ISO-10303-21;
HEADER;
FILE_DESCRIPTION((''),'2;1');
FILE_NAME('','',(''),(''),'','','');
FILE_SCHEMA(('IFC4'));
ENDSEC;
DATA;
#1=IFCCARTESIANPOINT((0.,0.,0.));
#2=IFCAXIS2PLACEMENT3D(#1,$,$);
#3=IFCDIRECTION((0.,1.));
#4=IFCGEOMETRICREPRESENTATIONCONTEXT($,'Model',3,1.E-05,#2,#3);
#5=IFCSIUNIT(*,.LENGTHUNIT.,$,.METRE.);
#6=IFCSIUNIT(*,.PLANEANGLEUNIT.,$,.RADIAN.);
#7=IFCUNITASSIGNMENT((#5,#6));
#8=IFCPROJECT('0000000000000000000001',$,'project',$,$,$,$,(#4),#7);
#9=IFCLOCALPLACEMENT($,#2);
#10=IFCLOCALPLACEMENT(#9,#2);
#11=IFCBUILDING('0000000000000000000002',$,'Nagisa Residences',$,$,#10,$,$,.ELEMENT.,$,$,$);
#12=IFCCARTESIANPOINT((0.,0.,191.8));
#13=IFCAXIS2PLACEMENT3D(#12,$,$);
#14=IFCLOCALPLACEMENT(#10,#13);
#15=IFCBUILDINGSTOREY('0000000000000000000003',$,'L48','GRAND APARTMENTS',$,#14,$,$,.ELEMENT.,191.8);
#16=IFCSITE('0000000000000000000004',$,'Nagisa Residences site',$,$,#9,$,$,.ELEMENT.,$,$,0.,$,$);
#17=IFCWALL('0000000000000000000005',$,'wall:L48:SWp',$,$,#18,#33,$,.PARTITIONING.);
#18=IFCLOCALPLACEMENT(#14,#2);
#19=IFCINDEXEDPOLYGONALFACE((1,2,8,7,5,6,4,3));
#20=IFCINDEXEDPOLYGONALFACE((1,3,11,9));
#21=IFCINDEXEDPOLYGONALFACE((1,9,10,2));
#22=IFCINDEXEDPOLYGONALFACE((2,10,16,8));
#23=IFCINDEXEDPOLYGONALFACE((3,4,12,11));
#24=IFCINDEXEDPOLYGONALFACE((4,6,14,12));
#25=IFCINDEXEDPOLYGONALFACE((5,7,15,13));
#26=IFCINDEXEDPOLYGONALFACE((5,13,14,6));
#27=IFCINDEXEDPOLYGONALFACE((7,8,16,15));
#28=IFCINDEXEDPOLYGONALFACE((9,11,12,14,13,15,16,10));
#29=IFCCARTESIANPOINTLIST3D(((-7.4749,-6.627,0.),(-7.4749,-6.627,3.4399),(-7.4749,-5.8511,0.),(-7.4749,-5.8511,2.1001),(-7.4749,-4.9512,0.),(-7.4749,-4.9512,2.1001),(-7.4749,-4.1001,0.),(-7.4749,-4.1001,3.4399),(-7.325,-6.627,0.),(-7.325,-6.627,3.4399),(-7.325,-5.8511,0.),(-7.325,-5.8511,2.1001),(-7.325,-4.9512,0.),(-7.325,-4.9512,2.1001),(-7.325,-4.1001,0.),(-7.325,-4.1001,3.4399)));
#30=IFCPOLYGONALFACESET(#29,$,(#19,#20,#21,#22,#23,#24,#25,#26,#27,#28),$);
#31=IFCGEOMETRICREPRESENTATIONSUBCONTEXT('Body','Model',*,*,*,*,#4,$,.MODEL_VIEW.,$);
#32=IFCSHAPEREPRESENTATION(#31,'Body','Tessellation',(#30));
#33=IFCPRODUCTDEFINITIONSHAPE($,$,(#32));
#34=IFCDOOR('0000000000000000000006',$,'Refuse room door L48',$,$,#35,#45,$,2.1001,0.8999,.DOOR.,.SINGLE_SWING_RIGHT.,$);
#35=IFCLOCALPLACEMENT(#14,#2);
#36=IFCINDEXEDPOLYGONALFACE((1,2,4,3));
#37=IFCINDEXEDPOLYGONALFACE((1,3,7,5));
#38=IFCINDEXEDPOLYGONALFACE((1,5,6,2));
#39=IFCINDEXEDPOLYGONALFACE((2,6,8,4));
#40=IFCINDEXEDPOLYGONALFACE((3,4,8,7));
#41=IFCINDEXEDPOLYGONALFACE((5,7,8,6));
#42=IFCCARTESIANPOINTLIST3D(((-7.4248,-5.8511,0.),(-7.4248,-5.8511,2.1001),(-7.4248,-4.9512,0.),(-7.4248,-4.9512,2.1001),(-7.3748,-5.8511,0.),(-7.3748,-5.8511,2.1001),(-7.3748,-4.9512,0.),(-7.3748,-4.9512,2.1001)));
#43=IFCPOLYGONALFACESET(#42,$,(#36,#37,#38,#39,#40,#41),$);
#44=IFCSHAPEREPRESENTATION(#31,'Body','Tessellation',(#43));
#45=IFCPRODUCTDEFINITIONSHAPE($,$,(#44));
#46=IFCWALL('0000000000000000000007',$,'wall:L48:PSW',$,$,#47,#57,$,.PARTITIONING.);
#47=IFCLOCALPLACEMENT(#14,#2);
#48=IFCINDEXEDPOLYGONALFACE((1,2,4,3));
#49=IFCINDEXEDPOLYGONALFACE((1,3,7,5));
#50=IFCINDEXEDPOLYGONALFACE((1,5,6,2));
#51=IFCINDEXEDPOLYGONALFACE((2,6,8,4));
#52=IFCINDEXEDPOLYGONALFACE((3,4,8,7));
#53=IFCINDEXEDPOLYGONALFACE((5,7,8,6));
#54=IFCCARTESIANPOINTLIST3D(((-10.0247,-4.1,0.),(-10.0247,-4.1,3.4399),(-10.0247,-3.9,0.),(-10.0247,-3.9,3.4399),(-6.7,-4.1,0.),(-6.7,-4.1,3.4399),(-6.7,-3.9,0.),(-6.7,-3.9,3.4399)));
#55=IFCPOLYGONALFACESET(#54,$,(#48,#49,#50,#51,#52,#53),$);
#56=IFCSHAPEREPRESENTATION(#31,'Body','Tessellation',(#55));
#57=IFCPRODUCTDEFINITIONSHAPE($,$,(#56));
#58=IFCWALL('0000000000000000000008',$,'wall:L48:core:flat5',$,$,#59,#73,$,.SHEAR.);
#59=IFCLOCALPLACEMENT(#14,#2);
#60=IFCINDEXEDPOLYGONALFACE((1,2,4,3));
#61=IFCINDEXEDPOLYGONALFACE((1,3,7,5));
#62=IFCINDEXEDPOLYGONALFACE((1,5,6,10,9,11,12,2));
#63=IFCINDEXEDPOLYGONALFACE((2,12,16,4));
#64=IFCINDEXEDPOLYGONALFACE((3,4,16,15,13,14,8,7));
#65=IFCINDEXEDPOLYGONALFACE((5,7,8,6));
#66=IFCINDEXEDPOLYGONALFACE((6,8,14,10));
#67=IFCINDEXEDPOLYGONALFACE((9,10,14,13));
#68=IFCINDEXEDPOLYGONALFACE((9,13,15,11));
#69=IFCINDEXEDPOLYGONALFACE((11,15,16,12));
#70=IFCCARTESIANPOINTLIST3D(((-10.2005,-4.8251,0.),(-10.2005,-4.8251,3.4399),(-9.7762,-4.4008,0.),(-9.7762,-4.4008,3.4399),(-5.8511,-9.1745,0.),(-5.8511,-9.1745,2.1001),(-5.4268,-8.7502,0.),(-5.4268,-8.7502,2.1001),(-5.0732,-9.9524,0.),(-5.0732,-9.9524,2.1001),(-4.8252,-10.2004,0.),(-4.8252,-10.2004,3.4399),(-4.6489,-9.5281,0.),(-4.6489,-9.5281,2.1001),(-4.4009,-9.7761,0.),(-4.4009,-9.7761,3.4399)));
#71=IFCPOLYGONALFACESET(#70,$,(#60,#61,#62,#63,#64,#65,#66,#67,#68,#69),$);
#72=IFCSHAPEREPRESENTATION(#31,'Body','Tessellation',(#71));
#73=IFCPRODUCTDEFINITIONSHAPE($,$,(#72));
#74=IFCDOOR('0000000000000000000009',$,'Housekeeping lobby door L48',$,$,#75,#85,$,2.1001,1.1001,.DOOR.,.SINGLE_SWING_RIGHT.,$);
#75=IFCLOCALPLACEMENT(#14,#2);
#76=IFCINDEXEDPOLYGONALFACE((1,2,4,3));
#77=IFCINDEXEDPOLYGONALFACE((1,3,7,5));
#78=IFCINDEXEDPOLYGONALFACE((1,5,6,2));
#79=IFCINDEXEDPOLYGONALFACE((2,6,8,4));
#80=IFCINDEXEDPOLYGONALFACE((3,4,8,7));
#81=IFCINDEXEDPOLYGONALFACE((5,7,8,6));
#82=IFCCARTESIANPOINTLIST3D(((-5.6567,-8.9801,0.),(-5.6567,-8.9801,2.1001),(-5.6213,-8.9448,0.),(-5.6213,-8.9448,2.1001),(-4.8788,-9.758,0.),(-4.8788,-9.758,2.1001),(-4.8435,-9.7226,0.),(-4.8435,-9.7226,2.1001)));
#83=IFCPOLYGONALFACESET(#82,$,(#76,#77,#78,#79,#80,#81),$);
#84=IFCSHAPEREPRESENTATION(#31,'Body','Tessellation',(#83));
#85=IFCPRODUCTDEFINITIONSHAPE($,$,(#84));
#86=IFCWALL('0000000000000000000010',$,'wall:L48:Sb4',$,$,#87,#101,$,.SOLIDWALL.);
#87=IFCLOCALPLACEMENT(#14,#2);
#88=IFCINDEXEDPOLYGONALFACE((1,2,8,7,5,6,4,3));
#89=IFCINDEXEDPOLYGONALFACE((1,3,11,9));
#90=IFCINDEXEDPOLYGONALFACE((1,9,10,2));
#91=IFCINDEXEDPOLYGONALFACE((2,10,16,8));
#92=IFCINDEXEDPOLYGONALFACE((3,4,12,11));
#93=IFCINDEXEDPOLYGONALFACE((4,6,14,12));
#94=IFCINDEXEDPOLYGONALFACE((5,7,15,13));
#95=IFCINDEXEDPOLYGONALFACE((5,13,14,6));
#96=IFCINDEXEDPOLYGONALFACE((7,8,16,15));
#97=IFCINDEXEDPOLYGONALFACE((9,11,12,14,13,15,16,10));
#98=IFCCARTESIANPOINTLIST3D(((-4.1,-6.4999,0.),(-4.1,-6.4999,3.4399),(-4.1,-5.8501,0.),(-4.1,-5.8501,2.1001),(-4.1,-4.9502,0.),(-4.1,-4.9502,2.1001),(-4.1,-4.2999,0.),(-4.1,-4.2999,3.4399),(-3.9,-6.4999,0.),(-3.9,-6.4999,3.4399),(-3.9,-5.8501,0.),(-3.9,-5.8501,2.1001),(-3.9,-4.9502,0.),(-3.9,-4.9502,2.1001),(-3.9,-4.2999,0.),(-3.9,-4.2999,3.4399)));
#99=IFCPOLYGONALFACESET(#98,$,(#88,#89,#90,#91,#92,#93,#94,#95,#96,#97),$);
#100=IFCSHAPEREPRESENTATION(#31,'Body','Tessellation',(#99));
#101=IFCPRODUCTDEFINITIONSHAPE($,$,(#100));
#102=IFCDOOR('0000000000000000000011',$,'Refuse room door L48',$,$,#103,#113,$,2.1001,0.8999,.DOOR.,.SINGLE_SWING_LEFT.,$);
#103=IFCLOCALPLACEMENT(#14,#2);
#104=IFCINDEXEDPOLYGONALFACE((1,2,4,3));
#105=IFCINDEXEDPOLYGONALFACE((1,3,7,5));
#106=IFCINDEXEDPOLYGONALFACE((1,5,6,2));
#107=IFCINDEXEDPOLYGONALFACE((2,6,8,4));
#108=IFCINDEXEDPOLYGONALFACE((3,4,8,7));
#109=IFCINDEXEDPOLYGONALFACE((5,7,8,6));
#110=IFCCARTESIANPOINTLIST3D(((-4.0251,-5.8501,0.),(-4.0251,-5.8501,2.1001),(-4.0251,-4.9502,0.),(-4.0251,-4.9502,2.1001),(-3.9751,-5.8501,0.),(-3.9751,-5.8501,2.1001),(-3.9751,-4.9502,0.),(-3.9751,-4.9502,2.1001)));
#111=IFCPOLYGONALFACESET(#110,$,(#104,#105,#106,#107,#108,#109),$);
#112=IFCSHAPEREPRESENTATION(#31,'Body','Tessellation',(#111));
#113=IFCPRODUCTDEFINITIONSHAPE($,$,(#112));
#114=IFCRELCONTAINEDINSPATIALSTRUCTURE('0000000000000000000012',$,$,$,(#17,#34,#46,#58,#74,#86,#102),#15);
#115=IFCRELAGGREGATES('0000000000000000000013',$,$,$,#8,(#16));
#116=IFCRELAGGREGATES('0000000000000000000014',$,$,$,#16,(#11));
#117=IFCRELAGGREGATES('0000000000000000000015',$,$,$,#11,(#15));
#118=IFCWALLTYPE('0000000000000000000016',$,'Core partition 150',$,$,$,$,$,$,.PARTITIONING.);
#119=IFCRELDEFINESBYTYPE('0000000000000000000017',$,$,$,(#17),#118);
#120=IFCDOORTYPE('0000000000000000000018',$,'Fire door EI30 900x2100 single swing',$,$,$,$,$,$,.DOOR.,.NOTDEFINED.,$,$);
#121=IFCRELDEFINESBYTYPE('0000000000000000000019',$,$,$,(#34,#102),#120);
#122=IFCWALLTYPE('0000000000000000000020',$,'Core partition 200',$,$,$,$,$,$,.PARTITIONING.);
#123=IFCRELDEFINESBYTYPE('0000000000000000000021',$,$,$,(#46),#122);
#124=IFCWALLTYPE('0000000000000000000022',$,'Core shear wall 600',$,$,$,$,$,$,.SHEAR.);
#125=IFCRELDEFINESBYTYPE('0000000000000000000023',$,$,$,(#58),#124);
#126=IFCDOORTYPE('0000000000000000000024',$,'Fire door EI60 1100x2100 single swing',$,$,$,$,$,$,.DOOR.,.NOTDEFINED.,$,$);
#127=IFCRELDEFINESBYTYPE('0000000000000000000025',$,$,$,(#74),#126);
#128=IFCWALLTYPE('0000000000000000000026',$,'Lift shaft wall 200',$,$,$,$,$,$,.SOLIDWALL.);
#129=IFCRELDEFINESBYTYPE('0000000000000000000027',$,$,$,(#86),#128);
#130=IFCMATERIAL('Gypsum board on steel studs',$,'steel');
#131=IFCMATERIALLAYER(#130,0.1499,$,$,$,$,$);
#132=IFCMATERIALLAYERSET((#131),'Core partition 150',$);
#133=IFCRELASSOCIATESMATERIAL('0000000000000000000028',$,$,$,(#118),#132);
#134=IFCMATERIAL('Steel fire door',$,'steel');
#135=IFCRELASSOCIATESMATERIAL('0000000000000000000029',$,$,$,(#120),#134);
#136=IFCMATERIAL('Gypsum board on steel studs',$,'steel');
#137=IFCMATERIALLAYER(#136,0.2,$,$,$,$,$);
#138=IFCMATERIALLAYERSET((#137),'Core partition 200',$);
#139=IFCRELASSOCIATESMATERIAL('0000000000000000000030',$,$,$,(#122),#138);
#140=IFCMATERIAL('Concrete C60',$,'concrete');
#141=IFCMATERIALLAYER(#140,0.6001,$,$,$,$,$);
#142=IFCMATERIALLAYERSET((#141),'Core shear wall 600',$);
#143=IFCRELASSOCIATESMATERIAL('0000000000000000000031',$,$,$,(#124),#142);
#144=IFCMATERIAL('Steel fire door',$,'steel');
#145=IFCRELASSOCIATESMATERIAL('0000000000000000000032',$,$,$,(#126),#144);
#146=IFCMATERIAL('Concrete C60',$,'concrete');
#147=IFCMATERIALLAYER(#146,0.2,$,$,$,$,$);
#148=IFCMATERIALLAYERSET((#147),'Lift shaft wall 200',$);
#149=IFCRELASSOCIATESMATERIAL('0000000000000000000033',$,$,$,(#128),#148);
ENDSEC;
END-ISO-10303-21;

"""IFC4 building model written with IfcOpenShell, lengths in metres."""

from ifc_helpers import new_model, si_unit, direction, frame, frame_2d, origin, place, context, subcontext, project, spatial, rectangle, extrude, material, layer, layer_set, type_object, element, fill, save


model = new_model("IFC4")

# Units and contexts
model_context = context("Model", 3, precision=1e-05, world=origin(), true_north=direction((0.0, 1.0)))
body_context = subcontext(model_context, "Body", "Model", "MODEL_VIEW")
ifc_project = project(units=[si_unit("LENGTHUNIT", "METRE"), si_unit("PLANEANGLEUNIT", "RADIAN")], contexts=[model_context])

# Site, building, storey
site_placement = place(None, origin())
site = spatial("IfcSite", under=ifc_project, at=site_placement, Name="Nagisa Residences site", CompositionType="ELEMENT", RefElevation=0.0)
building_placement = place(site_placement, origin())
building = spatial("IfcBuilding", under=site, at=building_placement, Name="Nagisa Residences", CompositionType="ELEMENT")
storey_placement = place(building_placement, frame((0.0, 0.0, 191.8)))
storey = spatial("IfcBuildingStorey", under=building, at=storey_placement, Name="L48", Description="GRAND APARTMENTS", CompositionType="ELEMENT", Elevation=191.8)

# Wall, opening, door
ifc_material_1 = material(Name="Gypsum board on steel studs", Category="steel")
ifc_layer_1 = layer(ifc_material_1, 0.1499)
ifc_layer_set_1 = layer_set([ifc_layer_1], Name="Core partition 150")
wall_type_1 = type_object("IfcWallType", Name="Core partition 150", PredefinedType="PARTITIONING", material=ifc_layer_set_1)
wall_1_placement = place(storey_placement, frame((-7.3999, -6.627, 0.0), z_axis=(0.0, 0.0, 1.0), x_axis=(0.0, 1.0, 0.0)))
wall_1 = element("IfcWall", 1, at=wall_1_placement, inside=storey, type_object=wall_type_1, Name="wall:L48:SWp", PredefinedType="PARTITIONING", context=body_context, shape_type="SweptSolid", body=[
    extrude(rectangle(XDim=2.5269, YDim=0.1499, at=frame_2d((1.2634, 0.0))), origin(), (0.0, 0.0, 1.0), 3.4399),
])
opening_1_placement = place(wall_1_placement, frame((0.7759, 0.0, 0.0)))
opening_1 = element("IfcOpeningElement", 2, at=opening_1_placement, cuts=wall_1, PredefinedType="OPENING", context=body_context, shape_type="SweptSolid", body=[
    extrude(rectangle(XDim=0.8999, YDim=2.1001, at=frame_2d((0.45, 1.05))), frame((0.0, 0.085, 0.0), z_axis=(0.0, -1.0, 0.0), x_axis=(1.0, 0.0, 0.0)), (0.0, 0.0, 1.0), 0.1699),
])
ifc_material_2 = material(Name="Steel fire door", Category="steel")
door_type_1 = type_object("IfcDoorType", Name="Fire door EI30 900x2100 single swing", OperationType="NOTDEFINED", PredefinedType="DOOR", material=ifc_material_2)
door_1_placement = place(opening_1_placement, origin())
door_1 = element("IfcDoor", 3, at=door_1_placement, inside=storey, type_object=door_type_1, Name="Refuse room door L48", OperationType="SINGLE_SWING_RIGHT", OverallHeight=2.1001, OverallWidth=0.8999, PredefinedType="DOOR", context=body_context, shape_type="SweptSolid", body=[
    extrude(rectangle(XDim=0.8999, YDim=2.1001, at=frame_2d((0.45, 1.05))), frame((0.0, 0.0249, 0.0), z_axis=(0.0, -1.0, 0.0), x_axis=(1.0, 0.0, 0.0)), (0.0, 0.0, 1.0), 0.05),
])
fill(opening_1, door_1)

# Wall
ifc_material_3 = material(Name="Gypsum board on steel studs", Category="steel")
ifc_layer_2 = layer(ifc_material_3, 0.2)
ifc_layer_set_2 = layer_set([ifc_layer_2], Name="Core partition 200")
wall_type_2 = type_object("IfcWallType", Name="Core partition 200", PredefinedType="PARTITIONING", material=ifc_layer_set_2)
wall_2_placement = place(storey_placement, frame((-10.0247, -4.0, 0.0), z_axis=(0.0, 0.0, 1.0), x_axis=(1.0, 0.0, 0.0)))
element("IfcWall", 4, at=wall_2_placement, inside=storey, type_object=wall_type_2, Name="wall:L48:PSW", PredefinedType="PARTITIONING", context=body_context, shape_type="SweptSolid", body=[
    extrude(rectangle(XDim=3.3247, YDim=0.2, at=frame_2d((1.6624, 0.0))), origin(), (0.0, 0.0, 1.0), 3.4399),
])

# Walls, openings, doors
ifc_material_4 = material(Name="Concrete C60", Category="concrete")
ifc_layer_3 = layer(ifc_material_4, 0.6001)
ifc_layer_set_3 = layer_set([ifc_layer_3], Name="Core shear wall 600")
wall_type_3 = type_object("IfcWallType", Name="Core shear wall 600", PredefinedType="SHEAR", material=ifc_layer_set_3)
wall_3_placement = place(storey_placement, frame((-9.9883, -4.613, 0.0), z_axis=(0.0, 0.0, 1.0), x_axis=(0.707107, -0.707107, 0.0)))
wall_3 = element("IfcWall", 5, at=wall_3_placement, inside=storey, type_object=wall_type_3, Name="wall:L48:core:flat5", PredefinedType="SHEAR", context=body_context, shape_type="SweptSolid", body=[
    extrude(rectangle(XDim=7.6018, YDim=0.6001, at=frame_2d((3.8008, 0.0))), origin(), (0.0, 0.0, 1.0), 3.4399),
])
opening_2_placement = place(wall_3_placement, frame((6.1509, 0.0, 0.0)))
opening_2 = element("IfcOpeningElement", 6, at=opening_2_placement, cuts=wall_3, PredefinedType="OPENING", context=body_context, shape_type="SweptSolid", body=[
    extrude(rectangle(XDim=1.1001, YDim=2.1001, at=frame_2d((0.55, 1.05))), frame((0.0, 0.3101, 0.0), z_axis=(0.0, -1.0, 0.0), x_axis=(1.0, 0.0, 0.0)), (0.0, 0.0, 1.0), 0.6201),
])
ifc_material_5 = material(Name="Steel fire door", Category="steel")
door_type_2 = type_object("IfcDoorType", Name="Fire door EI60 1100x2100 single swing", OperationType="NOTDEFINED", PredefinedType="DOOR", material=ifc_material_5)
door_2_placement = place(opening_2_placement, origin())
door_2 = element("IfcDoor", 7, at=door_2_placement, inside=storey, type_object=door_type_2, Name="Housekeeping lobby door L48", OperationType="SINGLE_SWING_RIGHT", OverallHeight=2.1001, OverallWidth=1.1001, PredefinedType="DOOR", context=body_context, shape_type="SweptSolid", body=[
    extrude(rectangle(XDim=1.1001, YDim=2.1001, at=frame_2d((0.55, 1.05))), frame((0.0, 0.0249, 0.0), z_axis=(0.0, -1.0, 0.0), x_axis=(1.0, 0.0, 0.0)), (0.0, 0.0, 1.0), 0.05),
])
fill(opening_2, door_2)
ifc_material_6 = material(Name="Concrete C60", Category="concrete")
ifc_layer_4 = layer(ifc_material_6, 0.2)
ifc_layer_set_4 = layer_set([ifc_layer_4], Name="Lift shaft wall 200")
wall_type_4 = type_object("IfcWallType", Name="Lift shaft wall 200", PredefinedType="SOLIDWALL", material=ifc_layer_set_4)
wall_4_placement = place(storey_placement, frame((-4.0, -6.5, 0.0), z_axis=(0.0, 0.0, 1.0), x_axis=(0.0, 1.0, 0.0)))
wall_4 = element("IfcWall", 8, at=wall_4_placement, inside=storey, type_object=wall_type_4, Name="wall:L48:Sb4", PredefinedType="SOLIDWALL", context=body_context, shape_type="SweptSolid", body=[
    extrude(rectangle(XDim=2.2, YDim=0.2, at=frame_2d((1.1001, 0.0))), origin(), (0.0, 0.0, 1.0), 3.4399),
])
opening_3_placement = place(wall_4_placement, frame((0.6499, 0.0, 0.0)))
opening_3 = element("IfcOpeningElement", 9, at=opening_3_placement, cuts=wall_4, PredefinedType="OPENING", context=body_context, shape_type="SweptSolid", body=[
    extrude(rectangle(XDim=0.8999, YDim=2.1001, at=frame_2d((0.45, 1.05))), frame((0.0, 0.1099, 0.0), z_axis=(0.0, -1.0, 0.0), x_axis=(1.0, 0.0, 0.0)), (0.0, 0.0, 1.0), 0.22),
])
door_3_placement = place(opening_3_placement, frame((0.8999, 0.0, 0.0), x_axis=(-1.0, 0.0, 0.0)))
door_3 = element("IfcDoor", 10, at=door_3_placement, inside=storey, type_object=door_type_1, Name="Refuse room door L48", OperationType="SINGLE_SWING_LEFT", OverallHeight=2.1001, OverallWidth=0.8999, PredefinedType="DOOR", context=body_context, shape_type="SweptSolid", body=[
    extrude(rectangle(XDim=0.8999, YDim=2.1001, at=frame_2d((0.45, 1.05))), frame((0.0, 0.0249, 0.0), z_axis=(0.0, -1.0, 0.0), x_axis=(1.0, 0.0, 0.0)), (0.0, 0.0, 1.0), 0.05),
])
fill(opening_3, door_3)

save(model, "model.ifc")
